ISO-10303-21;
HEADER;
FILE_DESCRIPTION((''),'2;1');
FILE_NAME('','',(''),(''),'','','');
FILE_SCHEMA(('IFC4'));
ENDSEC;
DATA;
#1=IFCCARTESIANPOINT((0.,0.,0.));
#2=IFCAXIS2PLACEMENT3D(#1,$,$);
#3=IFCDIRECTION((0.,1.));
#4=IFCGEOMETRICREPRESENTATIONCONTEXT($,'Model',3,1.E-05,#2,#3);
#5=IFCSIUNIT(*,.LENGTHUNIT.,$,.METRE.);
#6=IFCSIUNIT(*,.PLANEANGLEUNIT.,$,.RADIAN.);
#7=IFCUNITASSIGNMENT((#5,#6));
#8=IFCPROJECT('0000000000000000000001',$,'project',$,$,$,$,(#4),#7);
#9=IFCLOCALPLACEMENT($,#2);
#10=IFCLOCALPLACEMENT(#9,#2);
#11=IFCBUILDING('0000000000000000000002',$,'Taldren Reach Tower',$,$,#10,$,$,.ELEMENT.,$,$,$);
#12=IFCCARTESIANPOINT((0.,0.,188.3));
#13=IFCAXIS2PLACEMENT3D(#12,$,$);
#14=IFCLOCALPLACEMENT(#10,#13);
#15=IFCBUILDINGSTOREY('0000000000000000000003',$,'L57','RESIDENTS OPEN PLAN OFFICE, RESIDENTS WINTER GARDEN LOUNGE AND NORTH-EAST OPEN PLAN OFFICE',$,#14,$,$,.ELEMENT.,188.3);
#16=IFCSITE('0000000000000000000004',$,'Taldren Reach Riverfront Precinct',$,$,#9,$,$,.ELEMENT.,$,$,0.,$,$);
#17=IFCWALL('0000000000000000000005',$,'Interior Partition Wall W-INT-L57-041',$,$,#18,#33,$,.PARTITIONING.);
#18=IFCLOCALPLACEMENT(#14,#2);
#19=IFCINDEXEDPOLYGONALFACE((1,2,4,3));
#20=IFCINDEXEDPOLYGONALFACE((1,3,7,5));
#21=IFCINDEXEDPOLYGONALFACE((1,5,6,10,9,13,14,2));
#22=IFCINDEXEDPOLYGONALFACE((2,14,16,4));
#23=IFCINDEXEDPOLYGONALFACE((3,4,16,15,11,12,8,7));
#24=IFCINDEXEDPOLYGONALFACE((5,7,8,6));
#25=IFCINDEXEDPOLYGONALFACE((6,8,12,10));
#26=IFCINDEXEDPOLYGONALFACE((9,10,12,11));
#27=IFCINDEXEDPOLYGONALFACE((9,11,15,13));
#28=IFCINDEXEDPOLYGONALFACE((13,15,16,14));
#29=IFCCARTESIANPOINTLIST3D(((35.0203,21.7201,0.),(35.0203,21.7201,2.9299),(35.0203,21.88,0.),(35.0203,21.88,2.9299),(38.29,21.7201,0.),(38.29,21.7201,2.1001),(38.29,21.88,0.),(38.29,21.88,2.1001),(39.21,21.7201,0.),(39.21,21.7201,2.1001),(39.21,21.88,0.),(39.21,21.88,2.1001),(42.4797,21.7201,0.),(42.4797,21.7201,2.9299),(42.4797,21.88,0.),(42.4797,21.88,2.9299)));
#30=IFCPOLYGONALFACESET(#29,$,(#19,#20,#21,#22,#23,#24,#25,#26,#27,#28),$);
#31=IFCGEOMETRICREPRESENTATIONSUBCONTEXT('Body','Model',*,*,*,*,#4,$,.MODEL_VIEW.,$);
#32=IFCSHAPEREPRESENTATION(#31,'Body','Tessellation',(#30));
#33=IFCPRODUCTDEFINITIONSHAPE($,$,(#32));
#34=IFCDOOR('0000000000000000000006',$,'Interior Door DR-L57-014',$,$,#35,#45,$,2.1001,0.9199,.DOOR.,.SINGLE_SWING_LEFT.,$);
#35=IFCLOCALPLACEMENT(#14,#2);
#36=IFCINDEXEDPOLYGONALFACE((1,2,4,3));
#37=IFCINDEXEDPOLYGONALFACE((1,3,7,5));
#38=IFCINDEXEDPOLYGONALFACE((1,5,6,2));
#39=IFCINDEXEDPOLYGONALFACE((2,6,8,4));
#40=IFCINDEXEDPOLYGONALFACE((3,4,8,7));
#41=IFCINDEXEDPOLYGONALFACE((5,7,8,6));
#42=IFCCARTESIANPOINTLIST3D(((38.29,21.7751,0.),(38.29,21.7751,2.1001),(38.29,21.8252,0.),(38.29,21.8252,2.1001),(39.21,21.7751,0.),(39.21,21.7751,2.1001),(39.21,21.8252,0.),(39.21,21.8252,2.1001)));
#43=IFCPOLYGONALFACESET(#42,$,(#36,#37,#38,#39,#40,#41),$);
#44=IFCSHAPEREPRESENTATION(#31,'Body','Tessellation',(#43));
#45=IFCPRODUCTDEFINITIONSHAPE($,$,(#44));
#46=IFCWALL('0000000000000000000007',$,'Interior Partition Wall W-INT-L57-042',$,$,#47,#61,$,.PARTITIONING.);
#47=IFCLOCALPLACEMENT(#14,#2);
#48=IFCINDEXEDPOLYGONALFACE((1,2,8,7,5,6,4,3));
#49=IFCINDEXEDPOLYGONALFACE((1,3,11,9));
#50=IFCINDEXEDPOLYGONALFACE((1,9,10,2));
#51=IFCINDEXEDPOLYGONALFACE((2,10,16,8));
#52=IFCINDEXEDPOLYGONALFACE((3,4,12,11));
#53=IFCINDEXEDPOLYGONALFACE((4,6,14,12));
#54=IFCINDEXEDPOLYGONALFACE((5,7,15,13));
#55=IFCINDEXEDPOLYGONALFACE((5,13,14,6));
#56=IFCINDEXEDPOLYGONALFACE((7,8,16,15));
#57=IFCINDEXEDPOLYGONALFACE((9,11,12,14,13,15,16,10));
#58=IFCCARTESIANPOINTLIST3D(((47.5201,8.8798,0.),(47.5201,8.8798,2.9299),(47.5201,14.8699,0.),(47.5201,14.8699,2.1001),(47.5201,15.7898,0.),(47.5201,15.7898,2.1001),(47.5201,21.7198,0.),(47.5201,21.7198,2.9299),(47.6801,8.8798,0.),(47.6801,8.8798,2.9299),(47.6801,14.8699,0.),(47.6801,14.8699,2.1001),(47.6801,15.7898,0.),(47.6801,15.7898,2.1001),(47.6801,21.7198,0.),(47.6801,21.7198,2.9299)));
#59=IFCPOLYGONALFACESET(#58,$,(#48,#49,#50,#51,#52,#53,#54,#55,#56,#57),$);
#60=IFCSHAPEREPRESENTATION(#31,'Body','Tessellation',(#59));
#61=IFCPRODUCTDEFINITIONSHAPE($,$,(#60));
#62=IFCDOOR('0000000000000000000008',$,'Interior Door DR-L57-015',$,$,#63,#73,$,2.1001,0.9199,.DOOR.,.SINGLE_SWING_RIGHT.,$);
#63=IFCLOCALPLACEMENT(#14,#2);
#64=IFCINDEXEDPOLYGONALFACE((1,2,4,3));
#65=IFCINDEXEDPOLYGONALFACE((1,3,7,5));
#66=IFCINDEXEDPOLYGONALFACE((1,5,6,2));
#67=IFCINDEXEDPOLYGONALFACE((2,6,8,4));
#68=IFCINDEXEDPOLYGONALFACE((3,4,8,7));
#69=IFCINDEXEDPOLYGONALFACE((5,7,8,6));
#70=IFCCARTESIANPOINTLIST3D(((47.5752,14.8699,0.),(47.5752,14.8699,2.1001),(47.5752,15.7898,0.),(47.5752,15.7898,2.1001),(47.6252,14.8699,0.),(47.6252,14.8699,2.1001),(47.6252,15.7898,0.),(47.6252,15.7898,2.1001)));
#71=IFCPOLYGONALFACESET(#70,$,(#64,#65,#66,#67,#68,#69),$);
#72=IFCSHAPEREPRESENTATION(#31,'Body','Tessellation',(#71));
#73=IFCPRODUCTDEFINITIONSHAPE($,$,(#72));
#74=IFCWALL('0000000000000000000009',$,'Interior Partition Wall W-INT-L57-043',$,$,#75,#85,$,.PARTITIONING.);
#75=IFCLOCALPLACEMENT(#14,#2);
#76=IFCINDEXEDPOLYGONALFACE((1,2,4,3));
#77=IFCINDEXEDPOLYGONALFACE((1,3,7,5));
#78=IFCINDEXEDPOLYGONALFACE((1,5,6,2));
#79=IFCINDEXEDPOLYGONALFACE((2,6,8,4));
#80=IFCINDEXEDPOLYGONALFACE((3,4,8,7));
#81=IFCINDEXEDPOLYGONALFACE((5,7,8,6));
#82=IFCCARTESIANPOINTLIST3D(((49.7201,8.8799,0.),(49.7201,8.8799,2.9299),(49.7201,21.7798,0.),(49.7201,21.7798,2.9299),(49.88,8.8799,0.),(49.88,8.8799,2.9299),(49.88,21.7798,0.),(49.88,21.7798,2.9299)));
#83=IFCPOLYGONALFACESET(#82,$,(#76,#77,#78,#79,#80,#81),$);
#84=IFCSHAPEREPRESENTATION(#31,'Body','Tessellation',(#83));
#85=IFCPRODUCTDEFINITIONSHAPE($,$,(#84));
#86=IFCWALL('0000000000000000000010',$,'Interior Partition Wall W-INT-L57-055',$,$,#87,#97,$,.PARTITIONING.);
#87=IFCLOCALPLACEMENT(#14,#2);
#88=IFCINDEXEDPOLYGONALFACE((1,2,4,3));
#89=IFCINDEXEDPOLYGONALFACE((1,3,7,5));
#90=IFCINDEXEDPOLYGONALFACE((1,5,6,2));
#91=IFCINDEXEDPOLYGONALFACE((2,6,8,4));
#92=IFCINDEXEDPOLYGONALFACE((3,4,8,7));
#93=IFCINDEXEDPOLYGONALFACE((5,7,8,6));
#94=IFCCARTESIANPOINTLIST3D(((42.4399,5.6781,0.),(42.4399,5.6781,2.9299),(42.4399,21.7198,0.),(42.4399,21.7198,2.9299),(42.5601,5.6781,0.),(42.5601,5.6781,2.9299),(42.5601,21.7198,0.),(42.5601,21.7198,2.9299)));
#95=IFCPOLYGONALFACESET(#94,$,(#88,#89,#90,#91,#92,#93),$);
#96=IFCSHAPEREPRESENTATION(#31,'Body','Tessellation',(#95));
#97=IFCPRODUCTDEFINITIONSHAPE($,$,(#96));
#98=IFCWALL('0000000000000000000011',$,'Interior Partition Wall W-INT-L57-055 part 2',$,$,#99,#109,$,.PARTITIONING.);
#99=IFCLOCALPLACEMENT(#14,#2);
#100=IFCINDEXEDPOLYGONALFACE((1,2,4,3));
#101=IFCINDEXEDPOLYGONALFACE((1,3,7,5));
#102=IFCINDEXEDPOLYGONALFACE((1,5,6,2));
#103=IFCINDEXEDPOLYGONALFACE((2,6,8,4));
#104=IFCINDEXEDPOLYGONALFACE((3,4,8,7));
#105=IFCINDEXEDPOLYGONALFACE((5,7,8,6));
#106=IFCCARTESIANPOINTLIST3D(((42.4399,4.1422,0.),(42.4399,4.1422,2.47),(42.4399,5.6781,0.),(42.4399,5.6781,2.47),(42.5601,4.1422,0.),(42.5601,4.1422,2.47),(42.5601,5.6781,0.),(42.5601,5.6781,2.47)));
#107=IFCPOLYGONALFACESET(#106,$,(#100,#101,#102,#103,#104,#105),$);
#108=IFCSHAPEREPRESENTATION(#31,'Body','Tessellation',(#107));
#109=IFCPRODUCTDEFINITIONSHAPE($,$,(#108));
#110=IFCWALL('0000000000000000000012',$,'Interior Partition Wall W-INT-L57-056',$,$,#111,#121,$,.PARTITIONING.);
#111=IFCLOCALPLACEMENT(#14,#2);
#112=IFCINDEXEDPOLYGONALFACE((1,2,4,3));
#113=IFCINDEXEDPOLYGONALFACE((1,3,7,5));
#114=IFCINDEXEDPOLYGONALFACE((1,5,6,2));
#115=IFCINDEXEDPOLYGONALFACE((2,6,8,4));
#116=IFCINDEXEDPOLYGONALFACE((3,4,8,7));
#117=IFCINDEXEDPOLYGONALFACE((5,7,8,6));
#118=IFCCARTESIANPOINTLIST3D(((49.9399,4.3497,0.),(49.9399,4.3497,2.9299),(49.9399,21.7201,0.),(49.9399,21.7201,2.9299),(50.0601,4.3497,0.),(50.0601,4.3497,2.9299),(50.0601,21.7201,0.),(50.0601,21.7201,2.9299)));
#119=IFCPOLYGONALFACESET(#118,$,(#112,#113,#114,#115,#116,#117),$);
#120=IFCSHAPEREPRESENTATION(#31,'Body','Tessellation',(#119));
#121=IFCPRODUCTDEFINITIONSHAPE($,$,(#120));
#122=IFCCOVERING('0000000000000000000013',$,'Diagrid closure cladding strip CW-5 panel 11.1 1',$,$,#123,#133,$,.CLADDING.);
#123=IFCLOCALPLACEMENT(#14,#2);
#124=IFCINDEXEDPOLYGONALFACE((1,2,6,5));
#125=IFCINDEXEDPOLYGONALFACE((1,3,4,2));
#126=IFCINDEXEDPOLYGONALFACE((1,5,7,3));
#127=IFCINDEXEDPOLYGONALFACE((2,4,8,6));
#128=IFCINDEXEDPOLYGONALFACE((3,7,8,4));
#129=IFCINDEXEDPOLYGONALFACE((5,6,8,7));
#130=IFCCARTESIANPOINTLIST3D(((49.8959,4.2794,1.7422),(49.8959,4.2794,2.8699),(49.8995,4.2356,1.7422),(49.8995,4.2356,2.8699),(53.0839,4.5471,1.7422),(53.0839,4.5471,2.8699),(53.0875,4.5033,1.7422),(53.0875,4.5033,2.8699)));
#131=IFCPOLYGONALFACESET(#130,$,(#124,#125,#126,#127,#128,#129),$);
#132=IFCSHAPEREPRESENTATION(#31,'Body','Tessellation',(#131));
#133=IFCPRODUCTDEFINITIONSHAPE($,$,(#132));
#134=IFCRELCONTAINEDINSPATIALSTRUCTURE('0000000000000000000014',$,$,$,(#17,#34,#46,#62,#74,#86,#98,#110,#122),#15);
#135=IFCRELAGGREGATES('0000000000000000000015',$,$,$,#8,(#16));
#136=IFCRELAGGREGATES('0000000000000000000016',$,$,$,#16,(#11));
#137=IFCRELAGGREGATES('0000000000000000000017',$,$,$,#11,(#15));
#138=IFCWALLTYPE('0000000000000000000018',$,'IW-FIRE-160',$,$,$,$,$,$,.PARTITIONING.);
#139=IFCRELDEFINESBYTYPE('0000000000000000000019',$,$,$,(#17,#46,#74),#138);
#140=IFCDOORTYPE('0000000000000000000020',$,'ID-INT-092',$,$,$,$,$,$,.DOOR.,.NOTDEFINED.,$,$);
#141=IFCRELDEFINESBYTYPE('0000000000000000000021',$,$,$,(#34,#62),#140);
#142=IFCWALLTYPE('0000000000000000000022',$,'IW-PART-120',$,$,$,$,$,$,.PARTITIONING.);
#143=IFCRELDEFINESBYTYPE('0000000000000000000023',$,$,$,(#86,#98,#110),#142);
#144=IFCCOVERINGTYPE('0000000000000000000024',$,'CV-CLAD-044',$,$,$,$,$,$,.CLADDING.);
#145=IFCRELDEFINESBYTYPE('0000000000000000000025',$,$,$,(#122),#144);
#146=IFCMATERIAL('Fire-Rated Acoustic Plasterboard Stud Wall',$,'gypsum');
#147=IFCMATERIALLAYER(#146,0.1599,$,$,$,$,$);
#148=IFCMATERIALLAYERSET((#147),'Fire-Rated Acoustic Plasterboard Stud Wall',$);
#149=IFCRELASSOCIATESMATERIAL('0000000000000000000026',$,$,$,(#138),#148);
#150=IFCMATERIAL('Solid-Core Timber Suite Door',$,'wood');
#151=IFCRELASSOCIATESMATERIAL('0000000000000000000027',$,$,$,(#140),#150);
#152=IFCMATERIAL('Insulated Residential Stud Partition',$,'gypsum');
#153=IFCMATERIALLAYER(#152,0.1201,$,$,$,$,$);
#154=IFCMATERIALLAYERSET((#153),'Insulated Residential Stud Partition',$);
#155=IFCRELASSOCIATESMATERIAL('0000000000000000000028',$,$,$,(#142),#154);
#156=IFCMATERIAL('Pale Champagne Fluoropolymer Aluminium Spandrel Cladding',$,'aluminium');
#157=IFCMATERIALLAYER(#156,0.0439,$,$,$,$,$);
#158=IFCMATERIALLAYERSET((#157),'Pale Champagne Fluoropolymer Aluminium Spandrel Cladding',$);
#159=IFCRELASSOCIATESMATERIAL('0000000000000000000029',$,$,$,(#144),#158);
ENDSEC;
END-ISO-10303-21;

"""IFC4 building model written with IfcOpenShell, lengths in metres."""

from ifc_helpers import new_model, si_unit, direction, frame, frame_2d, origin, origin_2d, place, context, subcontext, project, spatial, rectangle, extrude, source, transform, mapped, material, layer, layer_set, type_object, element, fill, save


model = new_model("IFC4")

# Units and contexts
model_context = context("Model", 3, precision=1e-05, world=origin(), true_north=direction((0.0, 1.0)))
body_context = subcontext(model_context, "Body", "Model", "MODEL_VIEW")
ifc_project = project(units=[si_unit("LENGTHUNIT", "METRE"), si_unit("PLANEANGLEUNIT", "RADIAN")], contexts=[model_context])

# Site, building, storey
site_placement = place(None, origin())
site = spatial("IfcSite", under=ifc_project, at=site_placement, Name="Taldren Reach Riverfront Precinct", CompositionType="ELEMENT", RefElevation=0.0)
building_placement = place(site_placement, origin())
building = spatial("IfcBuilding", under=site, at=building_placement, Name="Taldren Reach Tower", CompositionType="ELEMENT")
storey_placement = place(building_placement, frame((0.0, 0.0, 188.3)))
storey = spatial("IfcBuildingStorey", under=building, at=storey_placement, Name="L57", Description="RESIDENTS OPEN PLAN OFFICE, RESIDENTS WINTER GARDEN LOUNGE AND NORTH-EAST OPEN PLAN OFFICE", CompositionType="ELEMENT", Elevation=188.3)

# Shared definitions
ifc_material_1 = material(Name="Fire-Rated Acoustic Plasterboard Stud Wall", Category="gypsum")
ifc_layer_1 = layer(ifc_material_1, 0.1599)
ifc_layer_set_1 = layer_set([ifc_layer_1], Name="Fire-Rated Acoustic Plasterboard Stud Wall")
wall_type_1 = type_object("IfcWallType", Name="IW-FIRE-160", PredefinedType="PARTITIONING", material=ifc_layer_set_1)

# Walls, openings, doors
shared_shape_1 = source(origin(), body_context, "Body", "SweptSolid", [
    extrude(rectangle(XDim=7.4595, YDim=0.1599, at=frame_2d((3.7297, 0.0))), origin(), (0.0, 0.0, 1.0), 2.9299),
])
wall_1_placement = place(storey_placement, frame((42.4797, 21.8, 0.0), z_axis=(0.0, 0.0, 1.0), x_axis=(-1.0, 0.0, 0.0)))
wall_1 = element("IfcWall", 1, at=wall_1_placement, inside=storey, type_object=wall_type_1, Name="Interior Partition Wall W-INT-L57-041", PredefinedType="PARTITIONING", context=body_context, shape_type="MappedRepresentation", body=[
    mapped(shared_shape_1, transform((0.0, 0.0, 0.0), scale=1.0)),
])
shared_shape_2 = source(origin(), body_context, "Body", "SweptSolid", [
    extrude(rectangle(XDim=0.9199, YDim=2.1001, at=frame_2d((0.46, 1.05))), frame((0.0, 0.0898, 0.0), z_axis=(0.0, -1.0, 0.0), x_axis=(1.0, 0.0, 0.0)), (0.0, 0.0, 1.0), 0.1799),
])
opening_1_placement = place(wall_1_placement, frame((3.2698, 0.0, 0.0)))
opening_1 = element("IfcOpeningElement", 2, at=opening_1_placement, cuts=wall_1, PredefinedType="OPENING", context=body_context, shape_type="MappedRepresentation", body=[
    mapped(shared_shape_2, transform((0.0, 0.0, 0.0), scale=1.0)),
])
ifc_material_2 = material(Name="Solid-Core Timber Suite Door", Category="wood")
door_type = type_object("IfcDoorType", Name="ID-INT-092", OperationType="NOTDEFINED", PredefinedType="DOOR", material=ifc_material_2)
shared_shape_3 = source(origin(), body_context, "Body", "SweptSolid", [
    extrude(rectangle(XDim=0.9199, YDim=2.1001, at=frame_2d((0.46, 1.05))), frame((0.0, 0.0249, 0.0), z_axis=(0.0, -1.0, 0.0), x_axis=(1.0, 0.0, 0.0)), (0.0, 0.0, 1.0), 0.05),
])
door_1_placement = place(opening_1_placement, origin())
door_1 = element("IfcDoor", 3, at=door_1_placement, inside=storey, type_object=door_type, Name="Interior Door DR-L57-014", OperationType="SINGLE_SWING_LEFT", OverallHeight=2.1001, OverallWidth=0.9199, PredefinedType="DOOR", context=body_context, shape_type="MappedRepresentation", body=[
    mapped(shared_shape_3, transform((0.0, 0.0, 0.0), scale=1.0)),
])
fill(opening_1, door_1)
shared_shape_4 = source(origin(), body_context, "Body", "SweptSolid", [
    extrude(rectangle(XDim=12.8401, YDim=0.1599, at=frame_2d((6.4199, 0.0))), origin(), (0.0, 0.0, 1.0), 2.9299),
])
wall_2_placement = place(storey_placement, frame((47.6001, 8.8799, 0.0), z_axis=(0.0, 0.0, 1.0), x_axis=(0.0, 1.0, 0.0)))
wall_2 = element("IfcWall", 4, at=wall_2_placement, inside=storey, type_object=wall_type_1, Name="Interior Partition Wall W-INT-L57-042", PredefinedType="PARTITIONING", context=body_context, shape_type="MappedRepresentation", body=[
    mapped(shared_shape_4, transform((0.0, 0.0, 0.0), scale=1.0)),
])
opening_2_placement = place(wall_2_placement, frame((5.99, 0.0, 0.0)))
opening_2 = element("IfcOpeningElement", 5, at=opening_2_placement, cuts=wall_2, PredefinedType="OPENING", context=body_context, shape_type="MappedRepresentation", body=[
    mapped(shared_shape_2, transform((0.0, 0.0, 0.0), scale=1.0)),
])
door_2_placement = place(opening_2_placement, origin())
door_2 = element("IfcDoor", 6, at=door_2_placement, inside=storey, type_object=door_type, Name="Interior Door DR-L57-015", OperationType="SINGLE_SWING_RIGHT", OverallHeight=2.1001, OverallWidth=0.9199, PredefinedType="DOOR", context=body_context, shape_type="MappedRepresentation", body=[
    mapped(shared_shape_3, transform((0.0, 0.0, 0.0), scale=1.0)),
])
fill(opening_2, door_2)

# Walls
shared_shape_5 = source(origin(), body_context, "Body", "SweptSolid", [
    extrude(rectangle(XDim=12.8999, YDim=0.1599, at=frame_2d((6.45, 0.0))), origin(), (0.0, 0.0, 1.0), 2.9299),
])
wall_3_placement = place(storey_placement, frame((49.8, 21.7798, 0.0), z_axis=(0.0, 0.0, 1.0), x_axis=(0.0, -1.0, 0.0)))
element("IfcWall", 7, at=wall_3_placement, inside=storey, type_object=wall_type_1, Name="Interior Partition Wall W-INT-L57-043", PredefinedType="PARTITIONING", context=body_context, shape_type="MappedRepresentation", body=[
    mapped(shared_shape_5, transform((0.0, 0.0, 0.0), scale=1.0)),
])
ifc_material_3 = material(Name="Insulated Residential Stud Partition", Category="gypsum")
ifc_layer_2 = layer(ifc_material_3, 0.1201)
ifc_layer_set_2 = layer_set([ifc_layer_2], Name="Insulated Residential Stud Partition")
wall_type_2 = type_object("IfcWallType", Name="IW-PART-120", PredefinedType="PARTITIONING", material=ifc_layer_set_2)
shared_shape_6 = source(origin(), body_context, "Body", "SweptSolid", [
    extrude(rectangle(XDim=16.0417, YDim=0.1201, at=frame_2d((8.021, 0.0))), origin(), (0.0, 0.0, 1.0), 2.9299),
])
wall_4_placement = place(storey_placement, frame((42.5, 21.72, 0.0), z_axis=(0.0, 0.0, 1.0), x_axis=(0.0, -1.0, 0.0)))
element("IfcWall", 8, at=wall_4_placement, inside=storey, type_object=wall_type_2, Name="Interior Partition Wall W-INT-L57-055", PredefinedType="PARTITIONING", context=body_context, shape_type="MappedRepresentation", body=[
    mapped(shared_shape_6, transform((0.0, 0.0, 0.0), scale=1.0)),
])
shared_shape_7 = source(origin(), body_context, "Body", "SweptSolid", [
    extrude(rectangle(XDim=1.5359, YDim=0.1201, at=frame_2d((0.7681, 0.0))), origin(), (0.0, 0.0, 1.0), 2.47),
])
wall_5_placement = place(storey_placement, frame((42.5, 5.6782, 0.0), z_axis=(0.0, 0.0, 1.0), x_axis=(0.0, -1.0, 0.0)))
element("IfcWall", 9, at=wall_5_placement, inside=storey, type_object=wall_type_2, Name="Interior Partition Wall W-INT-L57-055 part 2", PredefinedType="PARTITIONING", context=body_context, shape_type="MappedRepresentation", body=[
    mapped(shared_shape_7, transform((0.0, 0.0, 0.0), scale=1.0)),
])
shared_shape_8 = source(origin(), body_context, "Body", "SweptSolid", [
    extrude(rectangle(XDim=17.3704, YDim=0.1201, at=frame_2d((8.6851, 0.0))), origin(), (0.0, 0.0, 1.0), 2.9299),
])
wall_6_placement = place(storey_placement, frame((50.0, 21.72, 0.0), z_axis=(0.0, 0.0, 1.0), x_axis=(0.0, -1.0, 0.0)))
element("IfcWall", 10, at=wall_6_placement, inside=storey, type_object=wall_type_2, Name="Interior Partition Wall W-INT-L57-056", PredefinedType="PARTITIONING", context=body_context, shape_type="MappedRepresentation", body=[
    mapped(shared_shape_8, transform((0.0, 0.0, 0.0), scale=1.0)),
])

# Covering
ifc_material_4 = material(Name="Pale Champagne Fluoropolymer Aluminium Spandrel Cladding", Category="aluminium")
ifc_layer_3 = layer(ifc_material_4, 0.0439)
ifc_layer_set_3 = layer_set([ifc_layer_3], Name="Pale Champagne Fluoropolymer Aluminium Spandrel Cladding")
covering_type = type_object("IfcCoveringType", Name="CV-CLAD-044", PredefinedType="CLADDING", material=ifc_layer_set_3)
shared_shape_9 = source(origin(), body_context, "Body", "SweptSolid", [
    extrude(rectangle(XDim=3.1992, YDim=0.0439, at=origin_2d()), origin(), (0.0, 0.0, 1.0), 1.1277),
])
covering_placement = place(storey_placement, frame((51.4917, 4.3914, 1.7422), z_axis=(0.0, 0.0, 1.0), x_axis=(0.996493, 0.083678, 0.0)))
element("IfcCovering", 11, at=covering_placement, inside=storey, type_object=covering_type, Name="Diagrid closure cladding strip CW-5 panel 11.1 1", PredefinedType="CLADDING", context=body_context, shape_type="MappedRepresentation", body=[
    mapped(shared_shape_9, transform((0.0, 0.0, 0.0), scale=1.0)),
])

save(model, "model.ifc")
